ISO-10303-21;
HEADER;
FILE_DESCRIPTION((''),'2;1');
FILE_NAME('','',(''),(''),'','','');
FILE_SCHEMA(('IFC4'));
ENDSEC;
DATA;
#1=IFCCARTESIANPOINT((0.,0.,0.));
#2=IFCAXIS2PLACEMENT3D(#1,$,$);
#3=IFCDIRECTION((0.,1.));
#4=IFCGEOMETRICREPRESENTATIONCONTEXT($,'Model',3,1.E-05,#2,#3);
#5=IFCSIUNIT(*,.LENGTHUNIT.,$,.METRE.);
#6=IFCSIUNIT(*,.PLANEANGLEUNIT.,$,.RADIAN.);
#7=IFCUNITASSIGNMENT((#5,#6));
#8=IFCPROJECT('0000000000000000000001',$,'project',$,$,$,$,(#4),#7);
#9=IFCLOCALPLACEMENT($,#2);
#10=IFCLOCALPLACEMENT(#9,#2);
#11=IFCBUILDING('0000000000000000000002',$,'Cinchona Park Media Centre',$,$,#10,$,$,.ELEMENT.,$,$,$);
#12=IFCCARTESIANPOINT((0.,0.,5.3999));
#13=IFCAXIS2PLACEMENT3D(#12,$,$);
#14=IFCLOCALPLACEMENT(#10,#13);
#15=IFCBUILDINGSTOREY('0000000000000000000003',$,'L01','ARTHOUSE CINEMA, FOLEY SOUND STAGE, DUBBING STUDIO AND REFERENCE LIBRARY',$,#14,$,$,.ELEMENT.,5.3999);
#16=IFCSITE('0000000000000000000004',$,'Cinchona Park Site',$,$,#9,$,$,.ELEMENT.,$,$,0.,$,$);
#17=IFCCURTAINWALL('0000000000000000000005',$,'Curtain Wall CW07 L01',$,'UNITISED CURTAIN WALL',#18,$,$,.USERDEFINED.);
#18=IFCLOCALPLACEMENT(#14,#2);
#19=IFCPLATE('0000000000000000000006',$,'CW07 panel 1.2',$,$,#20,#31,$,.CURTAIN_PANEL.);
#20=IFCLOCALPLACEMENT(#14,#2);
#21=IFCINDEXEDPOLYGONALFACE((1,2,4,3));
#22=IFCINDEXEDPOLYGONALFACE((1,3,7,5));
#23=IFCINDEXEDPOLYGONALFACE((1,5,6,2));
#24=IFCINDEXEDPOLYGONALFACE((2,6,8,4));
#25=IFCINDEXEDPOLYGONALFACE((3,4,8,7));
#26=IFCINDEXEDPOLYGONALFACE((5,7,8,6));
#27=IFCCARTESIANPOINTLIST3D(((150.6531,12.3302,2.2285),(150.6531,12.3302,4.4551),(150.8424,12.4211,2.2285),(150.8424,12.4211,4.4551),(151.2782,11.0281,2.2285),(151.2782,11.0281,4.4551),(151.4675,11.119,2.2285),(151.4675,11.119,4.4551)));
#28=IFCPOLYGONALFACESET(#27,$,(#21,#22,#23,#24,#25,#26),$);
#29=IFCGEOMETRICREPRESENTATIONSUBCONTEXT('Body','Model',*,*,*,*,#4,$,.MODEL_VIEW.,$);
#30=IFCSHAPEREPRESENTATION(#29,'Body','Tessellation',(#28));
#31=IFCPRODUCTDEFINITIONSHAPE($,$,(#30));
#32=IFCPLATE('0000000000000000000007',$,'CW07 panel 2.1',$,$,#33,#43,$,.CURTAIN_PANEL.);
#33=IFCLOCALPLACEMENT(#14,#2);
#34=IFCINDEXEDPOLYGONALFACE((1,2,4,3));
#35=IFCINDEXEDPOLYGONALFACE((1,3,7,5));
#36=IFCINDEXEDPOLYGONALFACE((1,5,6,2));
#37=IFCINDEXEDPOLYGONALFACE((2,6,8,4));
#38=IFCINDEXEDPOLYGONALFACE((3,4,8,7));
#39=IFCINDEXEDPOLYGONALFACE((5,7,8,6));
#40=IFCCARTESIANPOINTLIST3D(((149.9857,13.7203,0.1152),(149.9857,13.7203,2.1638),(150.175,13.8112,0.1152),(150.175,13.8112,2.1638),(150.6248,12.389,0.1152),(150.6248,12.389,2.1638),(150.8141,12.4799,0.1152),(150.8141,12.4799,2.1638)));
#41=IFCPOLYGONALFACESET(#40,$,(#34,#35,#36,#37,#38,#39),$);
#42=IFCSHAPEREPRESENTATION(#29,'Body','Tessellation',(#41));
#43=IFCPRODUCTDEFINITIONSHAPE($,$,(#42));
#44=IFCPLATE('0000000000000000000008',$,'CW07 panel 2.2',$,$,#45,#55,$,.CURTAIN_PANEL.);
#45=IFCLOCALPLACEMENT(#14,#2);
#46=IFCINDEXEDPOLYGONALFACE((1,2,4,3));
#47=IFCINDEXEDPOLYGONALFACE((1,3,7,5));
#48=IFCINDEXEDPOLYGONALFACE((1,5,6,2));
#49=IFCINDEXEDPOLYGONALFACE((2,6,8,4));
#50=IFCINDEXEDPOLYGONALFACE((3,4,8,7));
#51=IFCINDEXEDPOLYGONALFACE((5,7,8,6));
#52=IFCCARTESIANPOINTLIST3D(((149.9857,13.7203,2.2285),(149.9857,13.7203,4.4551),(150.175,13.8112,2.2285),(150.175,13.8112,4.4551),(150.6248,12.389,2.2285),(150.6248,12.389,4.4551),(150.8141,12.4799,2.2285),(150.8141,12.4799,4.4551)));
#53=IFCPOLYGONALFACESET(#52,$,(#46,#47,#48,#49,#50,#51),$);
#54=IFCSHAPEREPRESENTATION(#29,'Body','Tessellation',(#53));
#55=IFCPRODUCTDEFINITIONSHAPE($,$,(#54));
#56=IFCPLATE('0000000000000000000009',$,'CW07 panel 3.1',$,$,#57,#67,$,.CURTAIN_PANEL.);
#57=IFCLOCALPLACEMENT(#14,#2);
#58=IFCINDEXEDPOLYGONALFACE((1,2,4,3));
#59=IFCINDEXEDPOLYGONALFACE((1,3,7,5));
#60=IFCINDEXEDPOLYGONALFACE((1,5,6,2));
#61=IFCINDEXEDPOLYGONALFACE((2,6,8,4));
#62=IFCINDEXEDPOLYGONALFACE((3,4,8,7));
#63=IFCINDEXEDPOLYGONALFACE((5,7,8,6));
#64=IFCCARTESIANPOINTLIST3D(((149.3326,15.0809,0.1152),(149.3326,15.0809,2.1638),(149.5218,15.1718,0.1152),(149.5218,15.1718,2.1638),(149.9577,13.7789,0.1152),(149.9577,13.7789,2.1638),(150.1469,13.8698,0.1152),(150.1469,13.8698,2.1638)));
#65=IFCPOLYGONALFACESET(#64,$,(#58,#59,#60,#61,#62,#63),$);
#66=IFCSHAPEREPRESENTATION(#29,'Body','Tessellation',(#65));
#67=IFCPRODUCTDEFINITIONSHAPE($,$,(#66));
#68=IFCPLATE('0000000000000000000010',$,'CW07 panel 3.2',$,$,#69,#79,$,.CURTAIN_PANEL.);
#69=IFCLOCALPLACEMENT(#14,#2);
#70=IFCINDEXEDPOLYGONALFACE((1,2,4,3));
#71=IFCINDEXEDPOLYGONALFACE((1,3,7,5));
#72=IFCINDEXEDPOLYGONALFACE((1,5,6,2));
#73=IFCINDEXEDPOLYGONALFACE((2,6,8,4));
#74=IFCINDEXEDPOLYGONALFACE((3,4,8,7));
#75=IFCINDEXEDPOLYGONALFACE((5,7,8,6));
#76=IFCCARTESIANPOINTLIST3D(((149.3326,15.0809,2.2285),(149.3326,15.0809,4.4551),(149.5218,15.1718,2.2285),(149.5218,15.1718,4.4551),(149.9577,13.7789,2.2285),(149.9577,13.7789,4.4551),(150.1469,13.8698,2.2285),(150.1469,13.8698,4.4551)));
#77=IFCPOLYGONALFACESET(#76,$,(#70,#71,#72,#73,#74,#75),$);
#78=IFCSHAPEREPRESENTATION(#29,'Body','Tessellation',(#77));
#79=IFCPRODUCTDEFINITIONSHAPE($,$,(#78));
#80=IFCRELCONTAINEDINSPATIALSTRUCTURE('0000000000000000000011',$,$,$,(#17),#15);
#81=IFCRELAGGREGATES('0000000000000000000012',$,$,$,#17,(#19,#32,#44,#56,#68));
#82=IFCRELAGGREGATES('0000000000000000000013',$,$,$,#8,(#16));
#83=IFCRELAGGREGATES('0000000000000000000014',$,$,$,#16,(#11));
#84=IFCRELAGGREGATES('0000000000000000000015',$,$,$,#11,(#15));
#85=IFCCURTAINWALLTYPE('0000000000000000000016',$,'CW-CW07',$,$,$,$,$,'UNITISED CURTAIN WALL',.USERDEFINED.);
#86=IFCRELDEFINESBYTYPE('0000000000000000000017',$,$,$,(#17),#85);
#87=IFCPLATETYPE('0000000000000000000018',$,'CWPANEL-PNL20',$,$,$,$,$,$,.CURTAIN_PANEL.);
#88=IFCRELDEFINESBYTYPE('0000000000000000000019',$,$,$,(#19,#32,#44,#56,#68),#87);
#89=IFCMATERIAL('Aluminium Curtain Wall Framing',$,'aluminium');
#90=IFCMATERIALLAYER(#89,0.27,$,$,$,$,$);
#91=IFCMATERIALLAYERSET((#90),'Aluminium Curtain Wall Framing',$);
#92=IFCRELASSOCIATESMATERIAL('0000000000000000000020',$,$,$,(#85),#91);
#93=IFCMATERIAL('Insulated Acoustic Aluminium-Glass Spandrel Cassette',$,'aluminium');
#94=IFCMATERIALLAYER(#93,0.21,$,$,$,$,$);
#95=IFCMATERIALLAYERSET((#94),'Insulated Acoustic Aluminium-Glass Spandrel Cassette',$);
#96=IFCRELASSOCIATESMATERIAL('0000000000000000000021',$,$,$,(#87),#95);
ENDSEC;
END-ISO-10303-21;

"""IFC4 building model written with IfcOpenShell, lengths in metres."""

from ifc_helpers import new_model, si_unit, direction, frame, origin, origin_2d, place, context, subcontext, project, spatial, rectangle, extrude, material, layer, layer_set, type_object, element, aggregate, save


model = new_model("IFC4")

# Units and contexts
model_context = context("Model", 3, precision=1e-05, world=origin(), true_north=direction((0.0, 1.0)))
body_context = subcontext(model_context, "Body", "Model", "MODEL_VIEW")
ifc_project = project(units=[si_unit("LENGTHUNIT", "METRE"), si_unit("PLANEANGLEUNIT", "RADIAN")], contexts=[model_context])

# Site, building, storey
site_placement = place(None, origin())
site = spatial("IfcSite", under=ifc_project, at=site_placement, Name="Cinchona Park Site", CompositionType="ELEMENT", RefElevation=0.0)
building_placement = place(site_placement, origin())
building = spatial("IfcBuilding", under=site, at=building_placement, Name="Cinchona Park Media Centre", CompositionType="ELEMENT")
storey_placement = place(building_placement, frame((0.0, 0.0, 5.3999)))
storey = spatial("IfcBuildingStorey", under=building, at=storey_placement, Name="L01", Description="ARTHOUSE CINEMA, FOLEY SOUND STAGE, DUBBING STUDIO AND REFERENCE LIBRARY", CompositionType="ELEMENT", Elevation=5.3999)

# Curtain wall, plates
ifc_material_1 = material(Name="Aluminium Curtain Wall Framing", Category="aluminium")
ifc_layer_1 = layer(ifc_material_1, 0.27)
ifc_layer_set_1 = layer_set([ifc_layer_1], Name="Aluminium Curtain Wall Framing")
curtain_wall_type = type_object("IfcCurtainWallType", Name="CW-CW07", ElementType="UNITISED CURTAIN WALL", PredefinedType="USERDEFINED", material=ifc_layer_set_1)
curtain_wall_placement = place(storey_placement, origin())
curtain_wall = element("IfcCurtainWall", 1, at=curtain_wall_placement, inside=storey, type_object=curtain_wall_type, Name="Curtain Wall CW07 L01", ObjectType="UNITISED CURTAIN WALL", PredefinedType="USERDEFINED")
ifc_material_2 = material(Name="Insulated Acoustic Aluminium-Glass Spandrel Cassette", Category="aluminium")
ifc_layer_2 = layer(ifc_material_2, 0.21)
ifc_layer_set_2 = layer_set([ifc_layer_2], Name="Insulated Acoustic Aluminium-Glass Spandrel Cassette")
plate_type = type_object("IfcPlateType", Name="CWPANEL-PNL20", PredefinedType="CURTAIN_PANEL", material=ifc_layer_set_2)
plate_1_placement = place(storey_placement, frame((151.0603, 11.7246, 2.2285), z_axis=(0.0, 0.0, 1.0), x_axis=(-0.432801, 0.901489, 0.0)))
plate_1 = element("IfcPlate", 2, at=plate_1_placement, type_object=plate_type, Name="CW07 panel 1.2", PredefinedType="CURTAIN_PANEL", context=body_context, shape_type="SweptSolid", body=[
    extrude(rectangle(XDim=1.4443, YDim=0.21, at=origin_2d()), origin(), (0.0, 0.0, 1.0), 2.2266),
])
plate_2_placement = place(storey_placement, frame((150.3999, 13.1001, 0.1152), z_axis=(0.0, 0.0, 1.0), x_axis=(-0.432801, 0.901489, 0.0)))
plate_2 = element("IfcPlate", 3, at=plate_2_placement, type_object=plate_type, Name="CW07 panel 2.1", PredefinedType="CURTAIN_PANEL", context=body_context, shape_type="SweptSolid", body=[
    extrude(rectangle(XDim=1.4768, YDim=0.21, at=origin_2d()), origin(), (0.0, 0.0, 1.0), 2.0486),
])
plate_3_placement = place(storey_placement, frame((150.3999, 13.1001, 2.2285), z_axis=(0.0, 0.0, 1.0), x_axis=(-0.432801, 0.901489, 0.0)))
plate_3 = element("IfcPlate", 4, at=plate_3_placement, type_object=plate_type, Name="CW07 panel 2.2", PredefinedType="CURTAIN_PANEL", context=body_context, shape_type="SweptSolid", body=[
    extrude(rectangle(XDim=1.4768, YDim=0.21, at=origin_2d()), origin(), (0.0, 0.0, 1.0), 2.2266),
])
plate_4_placement = place(storey_placement, frame((149.7397, 14.4753, 0.1152), z_axis=(0.0, 0.0, 1.0), x_axis=(-0.432801, 0.901489, 0.0)))
plate_4 = element("IfcPlate", 5, at=plate_4_placement, type_object=plate_type, Name="CW07 panel 3.1", PredefinedType="CURTAIN_PANEL", context=body_context, shape_type="SweptSolid", body=[
    extrude(rectangle(XDim=1.4443, YDim=0.21, at=origin_2d()), origin(), (0.0, 0.0, 1.0), 2.0486),
])
plate_5_placement = place(storey_placement, frame((149.7397, 14.4753, 2.2285), z_axis=(0.0, 0.0, 1.0), x_axis=(-0.432801, 0.901489, 0.0)))
plate_5 = element("IfcPlate", 6, at=plate_5_placement, type_object=plate_type, Name="CW07 panel 3.2", PredefinedType="CURTAIN_PANEL", context=body_context, shape_type="SweptSolid", body=[
    extrude(rectangle(XDim=1.4443, YDim=0.21, at=origin_2d()), origin(), (0.0, 0.0, 1.0), 2.2266),
])
aggregate(curtain_wall, [plate_1, plate_2, plate_3, plate_4, plate_5])

save(model, "model.ifc")
